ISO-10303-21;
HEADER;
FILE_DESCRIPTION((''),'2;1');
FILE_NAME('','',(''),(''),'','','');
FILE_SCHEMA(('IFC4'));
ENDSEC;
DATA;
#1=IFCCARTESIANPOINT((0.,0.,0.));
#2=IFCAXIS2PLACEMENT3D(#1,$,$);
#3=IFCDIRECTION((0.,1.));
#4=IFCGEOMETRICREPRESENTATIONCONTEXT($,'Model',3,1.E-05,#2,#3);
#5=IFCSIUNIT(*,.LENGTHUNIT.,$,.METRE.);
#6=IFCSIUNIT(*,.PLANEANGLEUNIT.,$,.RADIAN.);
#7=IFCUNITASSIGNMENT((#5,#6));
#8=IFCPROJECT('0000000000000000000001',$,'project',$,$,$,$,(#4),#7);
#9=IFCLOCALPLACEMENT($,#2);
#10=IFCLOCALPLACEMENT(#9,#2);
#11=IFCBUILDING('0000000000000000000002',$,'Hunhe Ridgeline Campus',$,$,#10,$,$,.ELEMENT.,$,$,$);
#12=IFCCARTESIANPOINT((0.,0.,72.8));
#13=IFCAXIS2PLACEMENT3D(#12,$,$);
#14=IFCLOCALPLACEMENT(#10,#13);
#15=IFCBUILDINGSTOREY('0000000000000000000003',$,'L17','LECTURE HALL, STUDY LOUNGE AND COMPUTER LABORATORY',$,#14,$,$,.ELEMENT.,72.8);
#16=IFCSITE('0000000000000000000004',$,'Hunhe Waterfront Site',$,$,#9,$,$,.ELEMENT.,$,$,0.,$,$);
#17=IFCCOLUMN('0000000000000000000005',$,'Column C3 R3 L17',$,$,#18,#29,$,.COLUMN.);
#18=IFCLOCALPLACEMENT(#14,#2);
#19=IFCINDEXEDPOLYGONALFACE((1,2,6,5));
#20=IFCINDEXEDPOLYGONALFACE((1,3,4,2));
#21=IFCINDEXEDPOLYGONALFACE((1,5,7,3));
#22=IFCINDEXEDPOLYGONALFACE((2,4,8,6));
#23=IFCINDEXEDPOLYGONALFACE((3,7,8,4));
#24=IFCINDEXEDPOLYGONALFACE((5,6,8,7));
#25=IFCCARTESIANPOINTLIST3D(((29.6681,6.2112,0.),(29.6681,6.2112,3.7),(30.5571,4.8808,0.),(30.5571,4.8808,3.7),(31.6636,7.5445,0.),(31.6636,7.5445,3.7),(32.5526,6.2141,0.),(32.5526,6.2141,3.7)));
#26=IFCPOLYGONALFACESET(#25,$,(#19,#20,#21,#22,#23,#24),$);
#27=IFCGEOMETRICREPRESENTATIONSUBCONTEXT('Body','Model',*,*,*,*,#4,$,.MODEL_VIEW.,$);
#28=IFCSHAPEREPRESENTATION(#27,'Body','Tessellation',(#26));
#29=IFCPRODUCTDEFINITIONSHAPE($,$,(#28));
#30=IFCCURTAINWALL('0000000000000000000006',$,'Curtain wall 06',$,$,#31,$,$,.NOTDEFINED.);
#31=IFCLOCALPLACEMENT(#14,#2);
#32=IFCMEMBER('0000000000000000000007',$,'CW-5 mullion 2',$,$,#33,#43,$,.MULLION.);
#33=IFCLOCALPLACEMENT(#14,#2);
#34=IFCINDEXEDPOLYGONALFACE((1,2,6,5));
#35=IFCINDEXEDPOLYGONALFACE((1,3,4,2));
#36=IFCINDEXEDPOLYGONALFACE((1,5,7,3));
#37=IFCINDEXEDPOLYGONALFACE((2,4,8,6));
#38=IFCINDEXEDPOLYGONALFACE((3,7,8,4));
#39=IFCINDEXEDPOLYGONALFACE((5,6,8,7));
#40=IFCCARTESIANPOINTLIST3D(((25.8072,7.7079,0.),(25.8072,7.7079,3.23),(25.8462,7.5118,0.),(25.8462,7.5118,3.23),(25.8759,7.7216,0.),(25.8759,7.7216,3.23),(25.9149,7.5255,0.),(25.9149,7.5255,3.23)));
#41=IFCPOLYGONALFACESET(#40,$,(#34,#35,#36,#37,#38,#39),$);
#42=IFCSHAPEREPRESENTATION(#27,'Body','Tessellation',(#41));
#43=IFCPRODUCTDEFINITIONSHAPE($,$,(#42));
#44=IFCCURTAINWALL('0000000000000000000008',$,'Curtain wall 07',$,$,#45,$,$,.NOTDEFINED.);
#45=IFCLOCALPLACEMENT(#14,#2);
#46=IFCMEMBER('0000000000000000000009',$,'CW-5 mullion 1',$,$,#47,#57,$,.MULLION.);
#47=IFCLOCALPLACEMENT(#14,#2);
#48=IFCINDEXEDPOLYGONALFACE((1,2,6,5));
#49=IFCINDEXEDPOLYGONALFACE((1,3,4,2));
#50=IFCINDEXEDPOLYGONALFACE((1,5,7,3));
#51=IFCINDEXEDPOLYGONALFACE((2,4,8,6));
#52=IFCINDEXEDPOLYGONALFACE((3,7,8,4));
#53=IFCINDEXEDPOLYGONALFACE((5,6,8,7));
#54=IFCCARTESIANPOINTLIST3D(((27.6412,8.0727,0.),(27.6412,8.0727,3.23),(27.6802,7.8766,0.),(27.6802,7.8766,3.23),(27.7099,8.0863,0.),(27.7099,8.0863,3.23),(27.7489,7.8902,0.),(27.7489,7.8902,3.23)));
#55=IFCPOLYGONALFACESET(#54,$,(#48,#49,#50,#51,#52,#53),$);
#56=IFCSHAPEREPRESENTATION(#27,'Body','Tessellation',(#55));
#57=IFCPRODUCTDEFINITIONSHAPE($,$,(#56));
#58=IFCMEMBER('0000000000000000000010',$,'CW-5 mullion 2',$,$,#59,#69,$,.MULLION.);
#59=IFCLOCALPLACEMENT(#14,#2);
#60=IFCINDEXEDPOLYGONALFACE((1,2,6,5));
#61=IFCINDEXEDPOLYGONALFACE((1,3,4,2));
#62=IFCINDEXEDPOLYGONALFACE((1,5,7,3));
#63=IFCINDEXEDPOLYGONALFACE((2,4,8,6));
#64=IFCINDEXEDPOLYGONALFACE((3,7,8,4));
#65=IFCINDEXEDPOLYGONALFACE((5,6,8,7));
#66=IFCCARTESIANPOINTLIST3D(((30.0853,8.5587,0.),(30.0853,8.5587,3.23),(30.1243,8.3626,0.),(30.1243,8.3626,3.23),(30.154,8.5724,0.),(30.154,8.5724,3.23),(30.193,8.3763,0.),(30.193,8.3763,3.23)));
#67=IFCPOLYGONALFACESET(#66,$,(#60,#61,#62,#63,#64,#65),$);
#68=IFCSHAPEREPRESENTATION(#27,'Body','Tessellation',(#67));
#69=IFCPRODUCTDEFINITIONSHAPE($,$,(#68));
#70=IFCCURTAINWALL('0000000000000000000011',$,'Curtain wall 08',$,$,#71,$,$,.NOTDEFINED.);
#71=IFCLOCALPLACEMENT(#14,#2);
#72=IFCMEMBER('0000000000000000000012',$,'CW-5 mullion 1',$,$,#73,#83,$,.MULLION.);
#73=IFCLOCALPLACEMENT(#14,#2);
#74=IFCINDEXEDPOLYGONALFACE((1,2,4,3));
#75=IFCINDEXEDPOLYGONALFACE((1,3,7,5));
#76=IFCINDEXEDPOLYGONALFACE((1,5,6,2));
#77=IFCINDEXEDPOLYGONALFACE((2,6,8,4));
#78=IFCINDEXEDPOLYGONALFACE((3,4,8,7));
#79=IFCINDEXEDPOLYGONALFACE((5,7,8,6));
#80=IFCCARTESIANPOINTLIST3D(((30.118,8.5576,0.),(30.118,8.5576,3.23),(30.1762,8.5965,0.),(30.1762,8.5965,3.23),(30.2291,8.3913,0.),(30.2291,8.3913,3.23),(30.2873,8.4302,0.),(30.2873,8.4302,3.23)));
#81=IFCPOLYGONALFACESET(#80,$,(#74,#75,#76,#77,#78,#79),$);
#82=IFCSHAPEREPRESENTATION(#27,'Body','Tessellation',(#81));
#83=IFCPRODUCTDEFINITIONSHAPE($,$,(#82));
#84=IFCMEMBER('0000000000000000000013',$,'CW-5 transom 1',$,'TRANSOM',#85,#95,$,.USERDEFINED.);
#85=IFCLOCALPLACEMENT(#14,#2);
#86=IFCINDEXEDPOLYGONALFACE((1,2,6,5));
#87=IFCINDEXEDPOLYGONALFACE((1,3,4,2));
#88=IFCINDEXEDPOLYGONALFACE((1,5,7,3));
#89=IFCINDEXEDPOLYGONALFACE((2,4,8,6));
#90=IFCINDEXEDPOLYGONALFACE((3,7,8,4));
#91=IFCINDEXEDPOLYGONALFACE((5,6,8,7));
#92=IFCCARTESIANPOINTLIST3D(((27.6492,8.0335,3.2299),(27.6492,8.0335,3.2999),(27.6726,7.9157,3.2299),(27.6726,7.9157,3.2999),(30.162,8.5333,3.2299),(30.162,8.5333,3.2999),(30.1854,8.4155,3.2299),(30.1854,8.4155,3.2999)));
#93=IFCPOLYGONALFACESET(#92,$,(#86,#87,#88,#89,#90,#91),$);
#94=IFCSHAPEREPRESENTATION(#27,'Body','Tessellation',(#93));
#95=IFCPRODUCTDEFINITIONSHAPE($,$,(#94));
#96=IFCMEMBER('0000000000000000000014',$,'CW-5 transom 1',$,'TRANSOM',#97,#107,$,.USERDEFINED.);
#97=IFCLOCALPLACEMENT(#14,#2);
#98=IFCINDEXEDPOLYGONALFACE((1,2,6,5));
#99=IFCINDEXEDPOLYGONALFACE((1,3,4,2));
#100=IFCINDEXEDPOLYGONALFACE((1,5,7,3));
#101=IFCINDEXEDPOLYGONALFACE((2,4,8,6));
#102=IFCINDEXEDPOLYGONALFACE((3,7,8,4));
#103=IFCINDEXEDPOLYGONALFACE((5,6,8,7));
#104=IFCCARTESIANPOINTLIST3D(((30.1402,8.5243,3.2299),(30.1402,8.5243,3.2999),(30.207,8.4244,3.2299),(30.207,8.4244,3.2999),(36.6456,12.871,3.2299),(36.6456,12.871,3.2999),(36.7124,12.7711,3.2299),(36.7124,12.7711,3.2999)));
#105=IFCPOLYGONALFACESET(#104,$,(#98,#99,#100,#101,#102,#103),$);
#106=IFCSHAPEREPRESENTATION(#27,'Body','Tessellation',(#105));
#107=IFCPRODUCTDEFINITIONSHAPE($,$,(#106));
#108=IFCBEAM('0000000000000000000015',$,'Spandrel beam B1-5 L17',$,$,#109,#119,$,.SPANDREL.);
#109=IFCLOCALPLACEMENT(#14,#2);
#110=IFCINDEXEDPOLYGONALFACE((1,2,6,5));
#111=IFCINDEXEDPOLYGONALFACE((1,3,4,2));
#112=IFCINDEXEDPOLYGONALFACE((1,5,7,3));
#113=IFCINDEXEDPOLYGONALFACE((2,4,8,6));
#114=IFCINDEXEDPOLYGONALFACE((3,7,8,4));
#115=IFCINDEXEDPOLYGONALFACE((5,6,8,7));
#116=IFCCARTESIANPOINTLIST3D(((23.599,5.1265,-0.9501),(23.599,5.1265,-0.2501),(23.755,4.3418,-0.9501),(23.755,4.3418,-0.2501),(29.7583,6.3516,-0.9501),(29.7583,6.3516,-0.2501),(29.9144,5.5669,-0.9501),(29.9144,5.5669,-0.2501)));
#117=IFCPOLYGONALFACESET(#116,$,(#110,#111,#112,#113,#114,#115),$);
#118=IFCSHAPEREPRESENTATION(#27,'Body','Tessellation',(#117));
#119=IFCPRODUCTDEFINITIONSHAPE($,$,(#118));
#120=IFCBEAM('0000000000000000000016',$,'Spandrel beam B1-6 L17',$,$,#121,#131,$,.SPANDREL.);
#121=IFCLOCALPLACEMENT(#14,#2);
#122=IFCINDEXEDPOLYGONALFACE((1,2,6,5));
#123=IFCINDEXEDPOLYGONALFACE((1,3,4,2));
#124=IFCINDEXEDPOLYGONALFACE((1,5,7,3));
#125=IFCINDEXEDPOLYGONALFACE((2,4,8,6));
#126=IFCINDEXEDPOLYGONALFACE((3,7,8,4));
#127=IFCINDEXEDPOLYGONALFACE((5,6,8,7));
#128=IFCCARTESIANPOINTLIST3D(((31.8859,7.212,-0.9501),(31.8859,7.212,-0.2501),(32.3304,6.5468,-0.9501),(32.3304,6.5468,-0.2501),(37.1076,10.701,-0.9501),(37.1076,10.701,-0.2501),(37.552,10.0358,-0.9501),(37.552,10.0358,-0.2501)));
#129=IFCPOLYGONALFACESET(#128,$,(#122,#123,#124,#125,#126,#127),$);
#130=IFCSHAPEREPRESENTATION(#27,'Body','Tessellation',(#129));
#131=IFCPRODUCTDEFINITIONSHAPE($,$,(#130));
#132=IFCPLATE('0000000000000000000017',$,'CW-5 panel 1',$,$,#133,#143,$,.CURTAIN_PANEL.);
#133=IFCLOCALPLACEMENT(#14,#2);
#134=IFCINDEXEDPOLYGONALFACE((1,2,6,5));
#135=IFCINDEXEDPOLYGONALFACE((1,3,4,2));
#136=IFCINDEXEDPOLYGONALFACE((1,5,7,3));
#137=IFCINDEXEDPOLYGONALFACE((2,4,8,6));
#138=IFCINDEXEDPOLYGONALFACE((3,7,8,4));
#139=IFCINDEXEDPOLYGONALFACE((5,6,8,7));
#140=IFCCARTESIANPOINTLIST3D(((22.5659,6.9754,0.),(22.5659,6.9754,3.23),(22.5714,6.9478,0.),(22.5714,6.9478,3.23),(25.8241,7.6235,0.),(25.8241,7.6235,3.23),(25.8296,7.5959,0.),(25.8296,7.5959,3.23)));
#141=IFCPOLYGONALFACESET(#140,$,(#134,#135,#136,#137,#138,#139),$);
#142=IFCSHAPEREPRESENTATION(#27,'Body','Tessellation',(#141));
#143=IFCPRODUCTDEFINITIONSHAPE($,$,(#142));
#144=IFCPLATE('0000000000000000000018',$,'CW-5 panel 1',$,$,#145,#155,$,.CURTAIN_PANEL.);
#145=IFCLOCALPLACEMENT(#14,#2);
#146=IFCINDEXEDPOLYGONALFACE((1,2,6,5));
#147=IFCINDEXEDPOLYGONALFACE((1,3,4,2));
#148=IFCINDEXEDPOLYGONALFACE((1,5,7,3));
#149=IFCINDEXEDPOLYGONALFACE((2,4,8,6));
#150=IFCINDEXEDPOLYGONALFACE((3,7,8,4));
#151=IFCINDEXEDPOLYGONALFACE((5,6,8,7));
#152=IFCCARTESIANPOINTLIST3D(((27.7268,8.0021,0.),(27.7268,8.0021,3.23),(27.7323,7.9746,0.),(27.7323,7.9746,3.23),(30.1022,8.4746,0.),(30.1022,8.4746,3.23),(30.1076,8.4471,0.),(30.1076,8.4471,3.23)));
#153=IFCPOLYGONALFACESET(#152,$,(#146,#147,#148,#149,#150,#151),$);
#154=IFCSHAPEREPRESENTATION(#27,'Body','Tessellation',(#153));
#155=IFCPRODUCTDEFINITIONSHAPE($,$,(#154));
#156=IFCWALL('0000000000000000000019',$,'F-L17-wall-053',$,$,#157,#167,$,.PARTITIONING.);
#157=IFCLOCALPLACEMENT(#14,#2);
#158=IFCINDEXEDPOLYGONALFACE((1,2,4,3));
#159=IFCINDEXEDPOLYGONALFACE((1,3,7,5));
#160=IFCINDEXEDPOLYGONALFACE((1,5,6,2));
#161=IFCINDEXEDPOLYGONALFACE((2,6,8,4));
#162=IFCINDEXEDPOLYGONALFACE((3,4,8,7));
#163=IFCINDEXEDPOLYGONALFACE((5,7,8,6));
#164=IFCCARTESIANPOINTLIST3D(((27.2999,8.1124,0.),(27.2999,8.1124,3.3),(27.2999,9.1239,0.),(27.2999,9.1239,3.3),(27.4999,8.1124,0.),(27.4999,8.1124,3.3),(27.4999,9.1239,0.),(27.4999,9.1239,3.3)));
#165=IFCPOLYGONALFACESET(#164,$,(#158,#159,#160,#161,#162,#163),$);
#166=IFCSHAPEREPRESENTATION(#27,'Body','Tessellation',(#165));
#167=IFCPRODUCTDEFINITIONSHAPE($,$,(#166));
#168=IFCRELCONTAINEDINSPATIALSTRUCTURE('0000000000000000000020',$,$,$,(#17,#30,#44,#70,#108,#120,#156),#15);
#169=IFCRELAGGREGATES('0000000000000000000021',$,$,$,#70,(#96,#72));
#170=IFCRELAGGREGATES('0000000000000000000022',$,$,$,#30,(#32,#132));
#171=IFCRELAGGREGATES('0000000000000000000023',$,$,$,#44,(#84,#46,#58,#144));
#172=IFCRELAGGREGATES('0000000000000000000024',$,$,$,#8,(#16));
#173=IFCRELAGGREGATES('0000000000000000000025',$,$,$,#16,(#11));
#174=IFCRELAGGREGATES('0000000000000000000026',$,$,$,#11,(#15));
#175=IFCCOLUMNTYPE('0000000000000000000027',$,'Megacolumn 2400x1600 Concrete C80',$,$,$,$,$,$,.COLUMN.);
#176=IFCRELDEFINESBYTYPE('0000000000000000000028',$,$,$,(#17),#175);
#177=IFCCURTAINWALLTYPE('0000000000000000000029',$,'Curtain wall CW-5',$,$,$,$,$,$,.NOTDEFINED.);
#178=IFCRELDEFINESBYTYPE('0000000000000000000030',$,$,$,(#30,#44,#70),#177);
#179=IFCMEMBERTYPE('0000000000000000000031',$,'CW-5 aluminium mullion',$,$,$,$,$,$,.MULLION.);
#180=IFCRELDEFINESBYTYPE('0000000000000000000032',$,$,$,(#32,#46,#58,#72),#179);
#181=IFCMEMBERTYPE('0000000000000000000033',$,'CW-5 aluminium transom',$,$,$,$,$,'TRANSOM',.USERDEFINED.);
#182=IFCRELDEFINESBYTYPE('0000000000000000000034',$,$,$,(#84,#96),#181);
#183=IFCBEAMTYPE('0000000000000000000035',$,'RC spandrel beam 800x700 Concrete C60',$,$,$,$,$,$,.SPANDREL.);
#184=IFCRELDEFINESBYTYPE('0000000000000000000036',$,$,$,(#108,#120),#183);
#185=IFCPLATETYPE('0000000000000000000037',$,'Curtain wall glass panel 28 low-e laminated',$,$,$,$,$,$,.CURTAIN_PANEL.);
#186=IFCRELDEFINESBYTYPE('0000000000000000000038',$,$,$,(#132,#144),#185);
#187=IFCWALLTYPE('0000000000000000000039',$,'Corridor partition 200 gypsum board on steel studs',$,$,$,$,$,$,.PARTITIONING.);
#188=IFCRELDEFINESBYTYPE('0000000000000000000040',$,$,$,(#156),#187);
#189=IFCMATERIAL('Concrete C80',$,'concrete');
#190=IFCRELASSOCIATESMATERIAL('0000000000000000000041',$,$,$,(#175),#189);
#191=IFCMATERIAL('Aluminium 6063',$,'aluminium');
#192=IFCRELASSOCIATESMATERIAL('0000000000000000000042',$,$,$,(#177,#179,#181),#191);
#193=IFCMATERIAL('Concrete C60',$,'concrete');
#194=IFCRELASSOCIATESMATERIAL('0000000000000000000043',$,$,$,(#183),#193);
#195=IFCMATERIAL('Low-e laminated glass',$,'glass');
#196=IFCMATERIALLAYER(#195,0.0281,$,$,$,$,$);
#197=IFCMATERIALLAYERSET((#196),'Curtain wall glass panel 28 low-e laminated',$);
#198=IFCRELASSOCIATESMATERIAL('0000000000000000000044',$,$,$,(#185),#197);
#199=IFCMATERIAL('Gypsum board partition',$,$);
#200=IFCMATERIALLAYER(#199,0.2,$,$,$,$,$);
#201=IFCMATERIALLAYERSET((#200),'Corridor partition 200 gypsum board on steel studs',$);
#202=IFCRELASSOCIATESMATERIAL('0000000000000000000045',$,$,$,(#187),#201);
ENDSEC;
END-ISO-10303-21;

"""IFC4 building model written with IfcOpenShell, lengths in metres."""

from ifc_helpers import new_model, si_unit, direction, frame, frame_2d, origin, origin_2d, place, context, subcontext, project, spatial, rectangle, extrude, material, layer, layer_set, material_profile, profile_set, type_object, element, aggregate, save


model = new_model("IFC4")

# Units and contexts
model_context = context("Model", 3, precision=1e-05, world=origin(), true_north=direction((0.0, 1.0)))
body_context = subcontext(model_context, "Body", "Model", "MODEL_VIEW")
ifc_project = project(units=[si_unit("LENGTHUNIT", "METRE"), si_unit("PLANEANGLEUNIT", "RADIAN")], contexts=[model_context])

# Site, building, storey
site_placement = place(None, origin())
site = spatial("IfcSite", under=ifc_project, at=site_placement, Name="Hunhe Waterfront Site", CompositionType="ELEMENT", RefElevation=0.0)
building_placement = place(site_placement, origin())
building = spatial("IfcBuilding", under=site, at=building_placement, Name="Hunhe Ridgeline Campus", CompositionType="ELEMENT")
storey_placement = place(building_placement, frame((0.0, 0.0, 72.8)))
storey = spatial("IfcBuildingStorey", under=building, at=storey_placement, Name="L17", Description="LECTURE HALL, STUDY LOUNGE AND COMPUTER LABORATORY", CompositionType="ELEMENT", Elevation=72.8)

# Column
ifc_material_1 = material(Name="Concrete C80", Category="concrete")
ifc_material_profile_1 = material_profile(ifc_material_1, rectangle(XDim=2.3999, YDim=1.6001, at=origin_2d()))
ifc_profile_set_1 = profile_set([ifc_material_profile_1], Name="Concrete C80")
column_type = type_object("IfcColumnType", Name="Megacolumn 2400x1600 Concrete C80", PredefinedType="COLUMN", material=ifc_profile_set_1)
column_placement = place(storey_placement, frame((31.1104, 6.2126, 0.0), z_axis=(0.0, 0.0, 1.0), x_axis=(0.83147, 0.55557, 0.0)))
element("IfcColumn", 1, at=column_placement, inside=storey, type_object=column_type, Name="Column C3 R3 L17", PredefinedType="COLUMN", context=body_context, shape_type="SweptSolid", body=[
    extrude(rectangle(XDim=2.3999, YDim=1.6001, at=origin_2d()), origin(), (0.0, 0.0, 1.0), 3.7),
])

# Curtain wall, member
ifc_material_2 = material(Name="Aluminium 6063", Category="aluminium")
curtain_wall_type = type_object("IfcCurtainWallType", Name="Curtain wall CW-5", PredefinedType="NOTDEFINED", material=ifc_material_2)
curtain_wall_1_placement = place(storey_placement, origin())
curtain_wall_1 = element("IfcCurtainWall", 2, at=curtain_wall_1_placement, inside=storey, type_object=curtain_wall_type, Name="Curtain wall 06", PredefinedType="NOTDEFINED")
ifc_material_profile_2 = material_profile(ifc_material_2, rectangle(XDim=0.2, YDim=0.0701, at=origin_2d()))
ifc_profile_set_2 = profile_set([ifc_material_profile_2], Name="Aluminium 6063")
member_type_1 = type_object("IfcMemberType", Name="CW-5 aluminium mullion", PredefinedType="MULLION", material=ifc_profile_set_2)
member_1_placement = place(storey_placement, frame((25.8611, 7.6167, 0.0), z_axis=(0.0, 0.0, 1.0), x_axis=(-0.19509, 0.980785, 0.0)))
member_1 = element("IfcMember", 3, at=member_1_placement, type_object=member_type_1, Name="CW-5 mullion 2", PredefinedType="MULLION", context=body_context, shape_type="SweptSolid", body=[
    extrude(rectangle(XDim=0.2, YDim=0.0701, at=origin_2d()), origin(), (0.0, 0.0, 1.0), 3.23),
])

# Curtain wall, members
curtain_wall_2_placement = place(storey_placement, origin())
curtain_wall_2 = element("IfcCurtainWall", 4, at=curtain_wall_2_placement, inside=storey, type_object=curtain_wall_type, Name="Curtain wall 07", PredefinedType="NOTDEFINED")
member_2_placement = place(storey_placement, frame((27.6951, 7.9814, 0.0), z_axis=(0.0, 0.0, 1.0), x_axis=(-0.195091, 0.980785, 0.0)))
member_2 = element("IfcMember", 5, at=member_2_placement, type_object=member_type_1, Name="CW-5 mullion 1", PredefinedType="MULLION", context=body_context, shape_type="SweptSolid", body=[
    extrude(rectangle(XDim=0.2, YDim=0.0701, at=origin_2d()), origin(), (0.0, 0.0, 1.0), 3.23),
])
member_3_placement = place(storey_placement, frame((30.1392, 8.4675, 0.0), z_axis=(0.0, 0.0, 1.0), x_axis=(-0.195091, 0.980785, 0.0)))
member_3 = element("IfcMember", 6, at=member_3_placement, type_object=member_type_1, Name="CW-5 mullion 2", PredefinedType="MULLION", context=body_context, shape_type="SweptSolid", body=[
    extrude(rectangle(XDim=0.2, YDim=0.0701, at=origin_2d()), origin(), (0.0, 0.0, 1.0), 3.23),
])

# Curtain wall, member
curtain_wall_3_placement = place(storey_placement, origin())
curtain_wall_3 = element("IfcCurtainWall", 7, at=curtain_wall_3_placement, inside=storey, type_object=curtain_wall_type, Name="Curtain wall 08", PredefinedType="NOTDEFINED")
member_4_placement = place(storey_placement, frame((30.2026, 8.4939, 0.0), z_axis=(0.0, 0.0, 1.0), x_axis=(-0.55557, 0.83147, 0.0)))
member_4 = element("IfcMember", 8, at=member_4_placement, type_object=member_type_1, Name="CW-5 mullion 1", PredefinedType="MULLION", context=body_context, shape_type="SweptSolid", body=[
    extrude(rectangle(XDim=0.2, YDim=0.0701, at=origin_2d()), origin(), (0.0, 0.0, 1.0), 3.23),
])

# Members
ifc_material_profile_3 = material_profile(ifc_material_2, rectangle(XDim=0.1201, YDim=0.0701, at=origin_2d()))
ifc_profile_set_3 = profile_set([ifc_material_profile_3], Name="Aluminium 6063")
member_type_2 = type_object("IfcMemberType", Name="CW-5 aluminium transom", ElementType="TRANSOM", PredefinedType="USERDEFINED", material=ifc_profile_set_3)
member_5_placement = place(storey_placement, frame((27.6609, 7.9746, 3.2649), z_axis=(0.980789, 0.195071, 0.0), x_axis=(-0.195071, 0.980789, 0.0)))
member_5 = element("IfcMember", 9, at=member_5_placement, type_object=member_type_2, Name="CW-5 transom 1", ObjectType="TRANSOM", PredefinedType="USERDEFINED", context=body_context, shape_type="SweptSolid", body=[
    extrude(rectangle(XDim=0.1201, YDim=0.0701, at=origin_2d()), origin(), (0.0, 0.0, 1.0), 2.562),
])
member_6_placement = place(storey_placement, frame((30.1736, 8.4744, 3.2649), z_axis=(0.831474, 0.555564, 0.0), x_axis=(-0.555564, 0.831474, 0.0)))
member_6 = element("IfcMember", 10, at=member_6_placement, type_object=member_type_2, Name="CW-5 transom 1", ObjectType="TRANSOM", PredefinedType="USERDEFINED", context=body_context, shape_type="SweptSolid", body=[
    extrude(rectangle(XDim=0.1201, YDim=0.0701, at=origin_2d()), origin(), (0.0, 0.0, 1.0), 7.824),
])
aggregate(curtain_wall_3, [member_6, member_4])

# Beams
ifc_material_3 = material(Name="Concrete C60", Category="concrete")
ifc_material_profile_4 = material_profile(ifc_material_3, rectangle(XDim=0.8, YDim=0.7, at=origin_2d()))
ifc_profile_set_4 = profile_set([ifc_material_profile_4], Name="Concrete C60")
beam_type = type_object("IfcBeamType", Name="RC spandrel beam 800x700 Concrete C60", PredefinedType="SPANDREL", material=ifc_profile_set_4)
for number, where, z_axis, x_axis, name in (
    (11, (23.677, 4.7341, -0.6001), (0.980788, 0.195077, 0.0), (-0.195077, 0.980788, 0.0), "Spandrel beam B1-5 L17"),
    (12, (32.1082, 6.8794, -0.6001), (0.83147, 0.55557, 0.0), (-0.55557, 0.83147, 0.0), "Spandrel beam B1-6 L17"),
):
    element("IfcBeam", number, at=place(storey_placement, frame(where, z_axis=z_axis, x_axis=x_axis)), inside=storey, type_object=beam_type, Name=name, PredefinedType="SPANDREL", context=body_context, shape_type="SweptSolid", body=[
        extrude(rectangle(XDim=0.8, YDim=0.7, at=origin_2d()), origin(), (0.0, 0.0, 1.0), 6.28),
    ])

# Plates
ifc_material_4 = material(Name="Low-e laminated glass", Category="glass")
ifc_layer_1 = layer(ifc_material_4, 0.0281)
ifc_layer_set_1 = layer_set([ifc_layer_1], Name="Curtain wall glass panel 28 low-e laminated")
plate_type = type_object("IfcPlateType", Name="Curtain wall glass panel 28 low-e laminated", PredefinedType="CURTAIN_PANEL", material=ifc_layer_set_1)
plate_1_placement = place(storey_placement, frame((24.1978, 7.2856, 0.0), z_axis=(0.0, 0.0, 1.0), x_axis=(0.980785, 0.19509, 0.0)))
plate_1 = element("IfcPlate", 13, at=plate_1_placement, type_object=plate_type, Name="CW-5 panel 1", PredefinedType="CURTAIN_PANEL", context=body_context, shape_type="SweptSolid", body=[
    extrude(rectangle(XDim=3.322, YDim=0.0281, at=origin_2d()), origin(), (0.0, 0.0, 1.0), 3.23),
])
aggregate(curtain_wall_1, [member_1, plate_1])
plate_2_placement = place(storey_placement, frame((28.9172, 8.2246, 0.0), z_axis=(0.0, 0.0, 1.0), x_axis=(0.980785, 0.195091, 0.0)))
plate_2 = element("IfcPlate", 14, at=plate_2_placement, type_object=plate_type, Name="CW-5 panel 1", PredefinedType="CURTAIN_PANEL", context=body_context, shape_type="SweptSolid", body=[
    extrude(rectangle(XDim=2.4219, YDim=0.0281, at=origin_2d()), origin(), (0.0, 0.0, 1.0), 3.23),
])
aggregate(curtain_wall_2, [member_5, member_2, member_3, plate_2])

# Shared definitions
ifc_material_5 = material(Name="Gypsum board partition")
ifc_layer_2 = layer(ifc_material_5, 0.2)
ifc_layer_set_2 = layer_set([ifc_layer_2], Name="Corridor partition 200 gypsum board on steel studs")
wall_type_1 = type_object("IfcWallType", Name="Corridor partition 200 gypsum board on steel studs", PredefinedType="PARTITIONING", material=ifc_layer_set_2)

# Wall
wall_1_placement = place(storey_placement, frame((27.3999, 9.124, 0.0), z_axis=(0.0, 0.0, 1.0), x_axis=(0.0, -1.0, 0.0)))
element("IfcWall", 15, at=wall_1_placement, inside=storey, type_object=wall_type_1, Name="F-L17-wall-053", PredefinedType="PARTITIONING", context=body_context, shape_type="SweptSolid", body=[
    extrude(rectangle(XDim=1.0115, YDim=0.2, at=frame_2d((0.5059, 0.0))), origin(), (0.0, 0.0, 1.0), 3.3),
])

save(model, "model.ifc")
